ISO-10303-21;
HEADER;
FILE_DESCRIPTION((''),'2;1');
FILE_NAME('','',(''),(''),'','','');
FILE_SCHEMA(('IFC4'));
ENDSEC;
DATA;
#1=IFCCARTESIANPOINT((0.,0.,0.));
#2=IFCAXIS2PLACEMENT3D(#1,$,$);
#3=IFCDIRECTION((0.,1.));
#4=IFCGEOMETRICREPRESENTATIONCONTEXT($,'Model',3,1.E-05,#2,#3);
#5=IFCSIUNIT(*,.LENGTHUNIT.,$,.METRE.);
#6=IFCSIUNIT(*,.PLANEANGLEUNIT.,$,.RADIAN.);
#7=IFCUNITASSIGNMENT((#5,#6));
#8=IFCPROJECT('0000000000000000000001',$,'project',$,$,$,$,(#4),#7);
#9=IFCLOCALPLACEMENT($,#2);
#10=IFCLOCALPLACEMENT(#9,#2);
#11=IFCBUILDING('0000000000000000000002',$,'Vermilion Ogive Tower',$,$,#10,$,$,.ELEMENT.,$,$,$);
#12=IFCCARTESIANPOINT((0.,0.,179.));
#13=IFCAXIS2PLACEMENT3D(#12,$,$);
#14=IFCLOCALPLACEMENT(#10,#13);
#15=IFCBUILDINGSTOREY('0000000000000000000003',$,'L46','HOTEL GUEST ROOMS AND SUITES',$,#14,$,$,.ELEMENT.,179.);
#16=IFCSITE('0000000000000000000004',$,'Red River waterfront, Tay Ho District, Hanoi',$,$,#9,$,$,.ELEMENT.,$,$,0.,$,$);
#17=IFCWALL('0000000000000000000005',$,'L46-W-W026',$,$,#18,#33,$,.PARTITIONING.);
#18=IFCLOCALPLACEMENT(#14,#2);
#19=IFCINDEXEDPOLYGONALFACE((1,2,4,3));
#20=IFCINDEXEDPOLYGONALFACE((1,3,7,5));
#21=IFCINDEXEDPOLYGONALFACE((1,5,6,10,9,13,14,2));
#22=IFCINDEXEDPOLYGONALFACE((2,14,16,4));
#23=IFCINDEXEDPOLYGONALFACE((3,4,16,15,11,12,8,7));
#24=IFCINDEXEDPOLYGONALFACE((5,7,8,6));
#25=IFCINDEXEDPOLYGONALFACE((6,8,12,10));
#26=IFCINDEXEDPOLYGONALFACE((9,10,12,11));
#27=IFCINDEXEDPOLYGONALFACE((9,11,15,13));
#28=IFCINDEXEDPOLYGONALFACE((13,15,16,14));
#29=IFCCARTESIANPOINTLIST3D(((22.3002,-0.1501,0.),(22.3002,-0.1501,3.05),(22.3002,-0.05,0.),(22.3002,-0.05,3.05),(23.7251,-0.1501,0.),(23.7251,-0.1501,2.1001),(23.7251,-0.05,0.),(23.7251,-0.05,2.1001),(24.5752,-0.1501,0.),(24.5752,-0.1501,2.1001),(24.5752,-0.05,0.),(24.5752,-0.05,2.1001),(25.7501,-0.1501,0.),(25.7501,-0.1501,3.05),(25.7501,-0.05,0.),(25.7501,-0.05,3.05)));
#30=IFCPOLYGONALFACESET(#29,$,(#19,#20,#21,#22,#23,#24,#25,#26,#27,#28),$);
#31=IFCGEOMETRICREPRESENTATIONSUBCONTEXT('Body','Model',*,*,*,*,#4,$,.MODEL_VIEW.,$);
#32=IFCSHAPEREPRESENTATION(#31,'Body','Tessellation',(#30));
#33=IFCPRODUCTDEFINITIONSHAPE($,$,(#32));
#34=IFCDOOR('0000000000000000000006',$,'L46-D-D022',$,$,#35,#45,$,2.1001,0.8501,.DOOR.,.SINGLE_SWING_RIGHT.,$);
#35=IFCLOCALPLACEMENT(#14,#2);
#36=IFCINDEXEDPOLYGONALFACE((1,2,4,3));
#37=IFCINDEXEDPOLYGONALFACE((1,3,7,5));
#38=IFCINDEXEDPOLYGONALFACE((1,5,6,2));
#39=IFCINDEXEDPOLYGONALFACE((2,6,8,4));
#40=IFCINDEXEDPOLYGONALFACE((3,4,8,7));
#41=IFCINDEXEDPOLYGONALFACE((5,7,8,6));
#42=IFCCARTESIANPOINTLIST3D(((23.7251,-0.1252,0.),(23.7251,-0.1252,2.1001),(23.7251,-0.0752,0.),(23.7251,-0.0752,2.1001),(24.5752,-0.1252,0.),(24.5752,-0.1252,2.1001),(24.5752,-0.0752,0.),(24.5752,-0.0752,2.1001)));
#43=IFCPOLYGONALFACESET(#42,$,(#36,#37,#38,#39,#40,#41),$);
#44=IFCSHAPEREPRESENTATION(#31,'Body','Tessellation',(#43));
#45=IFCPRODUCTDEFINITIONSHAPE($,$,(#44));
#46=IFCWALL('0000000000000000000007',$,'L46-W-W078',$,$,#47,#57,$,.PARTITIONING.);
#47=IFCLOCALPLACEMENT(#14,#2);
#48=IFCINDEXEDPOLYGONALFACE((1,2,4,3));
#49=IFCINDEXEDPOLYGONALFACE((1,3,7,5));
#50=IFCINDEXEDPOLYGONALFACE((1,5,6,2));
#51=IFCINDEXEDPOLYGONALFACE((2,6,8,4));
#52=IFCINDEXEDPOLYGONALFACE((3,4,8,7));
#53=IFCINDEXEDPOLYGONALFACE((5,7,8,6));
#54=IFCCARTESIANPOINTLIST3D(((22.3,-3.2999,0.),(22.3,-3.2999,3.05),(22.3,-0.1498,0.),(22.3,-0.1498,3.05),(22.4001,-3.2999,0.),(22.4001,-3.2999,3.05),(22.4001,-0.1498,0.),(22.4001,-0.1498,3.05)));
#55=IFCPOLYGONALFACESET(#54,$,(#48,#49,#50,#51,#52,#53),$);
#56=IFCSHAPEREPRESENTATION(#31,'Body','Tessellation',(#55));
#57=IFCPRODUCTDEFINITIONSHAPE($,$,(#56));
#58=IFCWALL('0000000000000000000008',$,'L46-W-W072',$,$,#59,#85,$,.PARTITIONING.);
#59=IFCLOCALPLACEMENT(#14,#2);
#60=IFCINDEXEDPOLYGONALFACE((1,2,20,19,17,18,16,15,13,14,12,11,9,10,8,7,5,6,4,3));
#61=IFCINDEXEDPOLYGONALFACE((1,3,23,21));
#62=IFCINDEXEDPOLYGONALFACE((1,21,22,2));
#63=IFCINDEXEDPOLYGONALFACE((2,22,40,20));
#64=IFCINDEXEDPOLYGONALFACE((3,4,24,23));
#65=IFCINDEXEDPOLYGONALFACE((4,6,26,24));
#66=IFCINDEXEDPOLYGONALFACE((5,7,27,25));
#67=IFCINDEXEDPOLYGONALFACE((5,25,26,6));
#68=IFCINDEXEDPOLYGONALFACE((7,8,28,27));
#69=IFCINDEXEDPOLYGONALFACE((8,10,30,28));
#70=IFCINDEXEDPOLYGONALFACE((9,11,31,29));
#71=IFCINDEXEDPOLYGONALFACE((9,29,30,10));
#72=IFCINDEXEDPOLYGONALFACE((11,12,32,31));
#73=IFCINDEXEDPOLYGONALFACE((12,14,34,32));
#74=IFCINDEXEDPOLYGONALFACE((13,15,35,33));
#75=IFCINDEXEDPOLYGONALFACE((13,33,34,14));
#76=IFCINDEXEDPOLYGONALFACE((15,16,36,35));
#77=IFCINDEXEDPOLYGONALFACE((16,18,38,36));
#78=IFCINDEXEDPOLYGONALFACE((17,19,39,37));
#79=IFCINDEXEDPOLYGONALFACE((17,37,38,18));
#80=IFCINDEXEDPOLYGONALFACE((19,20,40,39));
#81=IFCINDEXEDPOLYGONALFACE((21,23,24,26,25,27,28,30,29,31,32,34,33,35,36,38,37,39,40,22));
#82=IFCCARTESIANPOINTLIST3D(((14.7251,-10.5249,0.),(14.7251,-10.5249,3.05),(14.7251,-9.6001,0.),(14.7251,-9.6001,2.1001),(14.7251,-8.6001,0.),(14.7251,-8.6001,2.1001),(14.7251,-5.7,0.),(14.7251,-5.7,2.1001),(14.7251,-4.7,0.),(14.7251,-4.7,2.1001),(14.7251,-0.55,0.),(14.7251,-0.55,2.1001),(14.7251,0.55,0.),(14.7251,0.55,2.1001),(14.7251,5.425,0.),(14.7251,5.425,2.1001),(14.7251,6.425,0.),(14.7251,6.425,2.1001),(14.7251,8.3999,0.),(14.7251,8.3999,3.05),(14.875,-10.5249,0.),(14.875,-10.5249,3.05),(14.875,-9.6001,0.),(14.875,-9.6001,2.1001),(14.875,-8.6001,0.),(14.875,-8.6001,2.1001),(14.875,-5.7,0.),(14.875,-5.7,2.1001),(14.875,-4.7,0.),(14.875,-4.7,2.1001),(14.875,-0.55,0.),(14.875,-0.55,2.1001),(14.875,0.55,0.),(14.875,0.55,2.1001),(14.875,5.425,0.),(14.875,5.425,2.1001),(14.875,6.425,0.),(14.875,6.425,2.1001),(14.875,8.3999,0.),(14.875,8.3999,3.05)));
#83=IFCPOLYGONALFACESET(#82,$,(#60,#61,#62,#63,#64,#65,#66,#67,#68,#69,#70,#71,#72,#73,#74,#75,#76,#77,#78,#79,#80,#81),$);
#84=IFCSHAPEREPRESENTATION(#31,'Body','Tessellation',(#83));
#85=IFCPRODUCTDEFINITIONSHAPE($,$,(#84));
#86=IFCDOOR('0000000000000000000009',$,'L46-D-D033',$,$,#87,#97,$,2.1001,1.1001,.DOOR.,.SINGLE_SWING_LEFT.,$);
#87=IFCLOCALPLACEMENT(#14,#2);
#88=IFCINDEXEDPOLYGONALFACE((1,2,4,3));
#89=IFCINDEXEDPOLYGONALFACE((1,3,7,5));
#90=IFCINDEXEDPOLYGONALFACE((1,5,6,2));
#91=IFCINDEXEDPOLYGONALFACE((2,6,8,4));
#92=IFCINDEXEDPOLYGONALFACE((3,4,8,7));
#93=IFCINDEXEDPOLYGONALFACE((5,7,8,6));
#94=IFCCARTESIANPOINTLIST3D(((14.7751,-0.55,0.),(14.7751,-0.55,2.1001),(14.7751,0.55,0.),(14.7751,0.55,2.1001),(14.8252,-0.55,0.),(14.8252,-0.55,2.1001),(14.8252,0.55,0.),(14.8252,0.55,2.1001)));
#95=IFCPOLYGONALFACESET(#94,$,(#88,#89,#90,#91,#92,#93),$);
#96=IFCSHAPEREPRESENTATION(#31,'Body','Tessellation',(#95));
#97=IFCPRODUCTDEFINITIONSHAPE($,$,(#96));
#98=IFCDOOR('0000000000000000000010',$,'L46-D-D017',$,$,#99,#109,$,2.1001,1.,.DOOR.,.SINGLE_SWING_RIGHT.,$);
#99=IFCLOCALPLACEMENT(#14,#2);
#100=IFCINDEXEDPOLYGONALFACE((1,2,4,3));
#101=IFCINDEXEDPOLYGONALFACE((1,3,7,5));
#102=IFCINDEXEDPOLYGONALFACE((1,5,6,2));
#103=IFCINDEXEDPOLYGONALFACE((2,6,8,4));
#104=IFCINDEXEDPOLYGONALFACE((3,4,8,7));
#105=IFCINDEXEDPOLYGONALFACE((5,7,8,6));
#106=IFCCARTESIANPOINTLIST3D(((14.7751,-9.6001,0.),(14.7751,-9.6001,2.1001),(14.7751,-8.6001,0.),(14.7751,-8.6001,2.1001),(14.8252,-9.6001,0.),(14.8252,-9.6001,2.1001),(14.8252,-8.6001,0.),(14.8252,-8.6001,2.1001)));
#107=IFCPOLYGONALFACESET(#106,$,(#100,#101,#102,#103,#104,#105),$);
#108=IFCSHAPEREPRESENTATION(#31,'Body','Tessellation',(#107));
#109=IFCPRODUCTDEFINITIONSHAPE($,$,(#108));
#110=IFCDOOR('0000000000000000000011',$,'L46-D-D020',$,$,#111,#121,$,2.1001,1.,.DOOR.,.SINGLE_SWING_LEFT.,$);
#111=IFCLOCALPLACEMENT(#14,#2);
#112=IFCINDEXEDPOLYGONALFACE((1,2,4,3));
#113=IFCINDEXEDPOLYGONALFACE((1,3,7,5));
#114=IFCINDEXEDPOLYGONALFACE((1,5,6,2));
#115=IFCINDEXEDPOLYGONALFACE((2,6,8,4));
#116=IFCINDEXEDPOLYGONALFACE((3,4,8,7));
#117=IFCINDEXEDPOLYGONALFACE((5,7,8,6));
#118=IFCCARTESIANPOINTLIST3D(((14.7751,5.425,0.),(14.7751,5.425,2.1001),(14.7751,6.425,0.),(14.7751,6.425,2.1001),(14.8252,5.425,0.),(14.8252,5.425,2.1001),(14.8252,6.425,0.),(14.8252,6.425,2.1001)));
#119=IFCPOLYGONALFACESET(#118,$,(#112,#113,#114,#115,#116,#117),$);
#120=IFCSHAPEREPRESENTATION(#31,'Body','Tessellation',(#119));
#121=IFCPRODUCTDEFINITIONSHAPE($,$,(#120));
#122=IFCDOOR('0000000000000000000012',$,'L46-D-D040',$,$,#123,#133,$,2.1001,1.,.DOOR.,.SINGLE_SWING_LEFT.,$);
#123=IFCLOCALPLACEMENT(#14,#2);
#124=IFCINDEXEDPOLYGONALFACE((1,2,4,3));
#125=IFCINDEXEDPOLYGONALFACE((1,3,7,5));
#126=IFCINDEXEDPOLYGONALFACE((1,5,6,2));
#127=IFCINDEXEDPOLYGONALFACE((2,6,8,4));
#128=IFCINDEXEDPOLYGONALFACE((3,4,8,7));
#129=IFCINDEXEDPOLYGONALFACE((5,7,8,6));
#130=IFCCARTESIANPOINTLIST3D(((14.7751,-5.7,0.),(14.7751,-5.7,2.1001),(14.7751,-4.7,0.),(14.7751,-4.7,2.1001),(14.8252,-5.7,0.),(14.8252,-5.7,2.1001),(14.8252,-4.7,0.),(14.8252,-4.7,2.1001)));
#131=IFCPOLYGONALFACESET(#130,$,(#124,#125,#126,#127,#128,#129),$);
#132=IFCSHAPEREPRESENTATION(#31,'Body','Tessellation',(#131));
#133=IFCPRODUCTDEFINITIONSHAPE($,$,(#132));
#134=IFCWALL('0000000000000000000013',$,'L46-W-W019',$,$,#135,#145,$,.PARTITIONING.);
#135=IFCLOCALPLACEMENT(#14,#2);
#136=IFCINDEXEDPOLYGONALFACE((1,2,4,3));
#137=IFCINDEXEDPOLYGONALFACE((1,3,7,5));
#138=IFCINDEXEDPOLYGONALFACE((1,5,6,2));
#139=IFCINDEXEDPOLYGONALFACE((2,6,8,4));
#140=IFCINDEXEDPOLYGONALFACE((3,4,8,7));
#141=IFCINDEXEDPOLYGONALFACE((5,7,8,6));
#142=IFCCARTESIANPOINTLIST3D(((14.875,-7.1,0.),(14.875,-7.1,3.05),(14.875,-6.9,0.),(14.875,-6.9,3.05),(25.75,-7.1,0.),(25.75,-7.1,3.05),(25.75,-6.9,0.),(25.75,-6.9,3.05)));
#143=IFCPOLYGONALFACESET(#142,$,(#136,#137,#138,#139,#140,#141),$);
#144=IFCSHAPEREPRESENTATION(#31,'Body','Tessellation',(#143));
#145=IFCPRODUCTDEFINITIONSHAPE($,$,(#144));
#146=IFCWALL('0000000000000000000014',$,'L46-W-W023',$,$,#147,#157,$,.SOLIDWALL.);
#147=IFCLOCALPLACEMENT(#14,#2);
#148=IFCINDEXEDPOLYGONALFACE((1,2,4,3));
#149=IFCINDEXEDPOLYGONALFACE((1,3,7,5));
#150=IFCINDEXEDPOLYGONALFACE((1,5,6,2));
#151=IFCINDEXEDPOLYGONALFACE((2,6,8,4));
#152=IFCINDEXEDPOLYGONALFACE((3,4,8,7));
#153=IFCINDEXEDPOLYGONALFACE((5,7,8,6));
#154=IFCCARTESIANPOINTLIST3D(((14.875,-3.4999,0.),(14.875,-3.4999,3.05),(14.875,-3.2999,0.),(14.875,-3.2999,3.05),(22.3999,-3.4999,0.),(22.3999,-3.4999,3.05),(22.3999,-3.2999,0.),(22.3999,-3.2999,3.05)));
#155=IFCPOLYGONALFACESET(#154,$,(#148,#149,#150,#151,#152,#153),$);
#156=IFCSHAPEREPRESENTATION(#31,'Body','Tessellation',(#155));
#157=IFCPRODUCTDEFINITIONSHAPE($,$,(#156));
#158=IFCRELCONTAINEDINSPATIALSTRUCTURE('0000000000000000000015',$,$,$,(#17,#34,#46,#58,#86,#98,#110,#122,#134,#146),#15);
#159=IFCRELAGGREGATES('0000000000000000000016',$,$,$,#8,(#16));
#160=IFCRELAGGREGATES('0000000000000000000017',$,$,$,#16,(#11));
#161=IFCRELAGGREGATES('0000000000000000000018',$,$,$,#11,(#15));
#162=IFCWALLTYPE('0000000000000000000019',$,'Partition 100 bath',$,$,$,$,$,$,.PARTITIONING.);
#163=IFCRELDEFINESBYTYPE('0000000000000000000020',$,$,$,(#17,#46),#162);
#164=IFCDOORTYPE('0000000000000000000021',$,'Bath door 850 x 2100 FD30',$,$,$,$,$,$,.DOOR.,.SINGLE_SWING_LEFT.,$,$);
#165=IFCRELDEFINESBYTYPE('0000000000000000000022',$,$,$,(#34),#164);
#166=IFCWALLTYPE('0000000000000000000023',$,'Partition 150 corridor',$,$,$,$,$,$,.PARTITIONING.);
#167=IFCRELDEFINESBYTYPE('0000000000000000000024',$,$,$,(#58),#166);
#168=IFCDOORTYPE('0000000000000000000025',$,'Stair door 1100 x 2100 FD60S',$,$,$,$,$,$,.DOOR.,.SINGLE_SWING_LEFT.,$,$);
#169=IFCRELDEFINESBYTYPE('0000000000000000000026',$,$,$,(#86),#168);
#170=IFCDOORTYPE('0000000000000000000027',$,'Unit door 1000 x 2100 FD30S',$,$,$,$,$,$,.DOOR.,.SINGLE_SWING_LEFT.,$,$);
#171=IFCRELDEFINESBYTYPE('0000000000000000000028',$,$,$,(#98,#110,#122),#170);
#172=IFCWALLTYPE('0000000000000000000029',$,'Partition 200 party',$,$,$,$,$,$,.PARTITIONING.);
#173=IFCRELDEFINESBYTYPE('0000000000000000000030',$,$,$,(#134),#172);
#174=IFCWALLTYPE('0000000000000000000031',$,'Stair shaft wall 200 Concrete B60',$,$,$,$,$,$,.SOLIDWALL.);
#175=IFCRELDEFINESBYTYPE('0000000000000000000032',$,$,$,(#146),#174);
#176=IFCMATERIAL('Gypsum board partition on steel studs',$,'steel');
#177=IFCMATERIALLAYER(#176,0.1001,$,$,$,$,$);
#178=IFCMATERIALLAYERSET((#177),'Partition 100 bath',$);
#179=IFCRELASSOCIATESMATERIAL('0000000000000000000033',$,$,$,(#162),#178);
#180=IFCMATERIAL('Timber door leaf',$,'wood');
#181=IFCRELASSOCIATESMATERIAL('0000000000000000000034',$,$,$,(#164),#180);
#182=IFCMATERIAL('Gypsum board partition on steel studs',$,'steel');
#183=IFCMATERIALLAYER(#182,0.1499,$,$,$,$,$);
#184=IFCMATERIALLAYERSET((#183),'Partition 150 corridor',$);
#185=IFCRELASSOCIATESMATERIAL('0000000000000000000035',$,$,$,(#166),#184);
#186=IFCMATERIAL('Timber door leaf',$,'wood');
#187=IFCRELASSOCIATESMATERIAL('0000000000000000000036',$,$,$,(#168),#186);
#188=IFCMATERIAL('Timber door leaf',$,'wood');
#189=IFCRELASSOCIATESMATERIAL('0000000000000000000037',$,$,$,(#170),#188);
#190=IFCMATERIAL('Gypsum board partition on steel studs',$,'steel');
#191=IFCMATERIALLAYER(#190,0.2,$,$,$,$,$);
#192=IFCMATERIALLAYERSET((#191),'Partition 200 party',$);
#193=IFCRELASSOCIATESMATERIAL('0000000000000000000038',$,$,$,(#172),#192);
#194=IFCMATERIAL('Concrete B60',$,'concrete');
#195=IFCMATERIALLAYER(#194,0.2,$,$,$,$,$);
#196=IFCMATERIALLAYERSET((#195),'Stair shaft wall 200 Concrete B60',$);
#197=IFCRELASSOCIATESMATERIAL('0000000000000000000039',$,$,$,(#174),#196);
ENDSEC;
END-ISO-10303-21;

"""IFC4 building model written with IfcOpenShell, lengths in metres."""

from ifc_helpers import new_model, si_unit, direction, frame, frame_2d, origin, place, context, subcontext, project, spatial, rectangle, extrude, material, layer, layer_set, type_object, element, fill, save


model = new_model("IFC4")

# Units and contexts
model_context = context("Model", 3, precision=1e-05, world=origin(), true_north=direction((0.0, 1.0)))
body_context = subcontext(model_context, "Body", "Model", "MODEL_VIEW")
ifc_project = project(units=[si_unit("LENGTHUNIT", "METRE"), si_unit("PLANEANGLEUNIT", "RADIAN")], contexts=[model_context])

# Site, building, storey
site_placement = place(None, origin())
site = spatial("IfcSite", under=ifc_project, at=site_placement, Name="Red River waterfront, Tay Ho District, Hanoi", CompositionType="ELEMENT", RefElevation=0.0)
building_placement = place(site_placement, origin())
building = spatial("IfcBuilding", under=site, at=building_placement, Name="Vermilion Ogive Tower", CompositionType="ELEMENT")
storey_placement = place(building_placement, frame((0.0, 0.0, 179.0)))
storey = spatial("IfcBuildingStorey", under=building, at=storey_placement, Name="L46", Description="HOTEL GUEST ROOMS AND SUITES", CompositionType="ELEMENT", Elevation=179.0)

# Shared definitions
ifc_material_1 = material(Name="Gypsum board partition on steel studs", Category="steel")
ifc_layer_1 = layer(ifc_material_1, 0.1001)
ifc_layer_set_1 = layer_set([ifc_layer_1], Name="Partition 100 bath")
wall_type_1 = type_object("IfcWallType", Name="Partition 100 bath", PredefinedType="PARTITIONING", material=ifc_layer_set_1)

# Wall, opening, door
wall_1_placement = place(storey_placement, frame((22.3, -0.1001, 0.0), z_axis=(0.0, 0.0, 1.0), x_axis=(1.0, 0.0, 0.0)))
wall_1 = element("IfcWall", 1, at=wall_1_placement, inside=storey, type_object=wall_type_1, Name="L46-W-W026", PredefinedType="PARTITIONING", context=body_context, shape_type="SweptSolid", body=[
    extrude(rectangle(XDim=3.45, YDim=0.1001, at=frame_2d((1.7251, 0.0))), origin(), (0.0, 0.0, 1.0), 3.05),
])
opening_1_placement = place(wall_1_placement, frame((1.425, 0.0, 0.0)))
opening_1 = element("IfcOpeningElement", 2, at=opening_1_placement, cuts=wall_1, PredefinedType="OPENING", context=body_context, shape_type="SweptSolid", body=[
    extrude(rectangle(XDim=0.8501, YDim=2.1001, at=frame_2d((0.425, 1.05))), frame((0.0, 0.0601, 0.0), z_axis=(0.0, -1.0, 0.0), x_axis=(1.0, 0.0, 0.0)), (0.0, 0.0, 1.0), 0.1201),
])
ifc_material_2 = material(Name="Timber door leaf", Category="wood")
door_type_1 = type_object("IfcDoorType", Name="Bath door 850 x 2100 FD30", OperationType="SINGLE_SWING_LEFT", PredefinedType="DOOR", material=ifc_material_2)
door_1_placement = place(opening_1_placement, origin())
door_1 = element("IfcDoor", 3, at=door_1_placement, inside=storey, type_object=door_type_1, Name="L46-D-D022", OperationType="SINGLE_SWING_RIGHT", OverallHeight=2.1001, OverallWidth=0.8501, PredefinedType="DOOR", context=body_context, shape_type="SweptSolid", body=[
    extrude(rectangle(XDim=0.8501, YDim=2.1001, at=frame_2d((0.425, 1.05))), frame((0.0, 0.0249, 0.0), z_axis=(0.0, -1.0, 0.0), x_axis=(1.0, 0.0, 0.0)), (0.0, 0.0, 1.0), 0.05),
])
fill(opening_1, door_1)

# Wall
wall_2_placement = place(storey_placement, frame((22.3501, -3.3, 0.0), z_axis=(0.0, 0.0, 1.0), x_axis=(0.0, 1.0, 0.0)))
element("IfcWall", 4, at=wall_2_placement, inside=storey, type_object=wall_type_1, Name="L46-W-W078", PredefinedType="PARTITIONING", context=body_context, shape_type="SweptSolid", body=[
    extrude(rectangle(XDim=3.1501, YDim=0.1001, at=frame_2d((1.5752, 0.0))), origin(), (0.0, 0.0, 1.0), 3.05),
])

# Wall, openings, doors
ifc_material_3 = material(Name="Gypsum board partition on steel studs", Category="steel")
ifc_layer_2 = layer(ifc_material_3, 0.1499)
ifc_layer_set_2 = layer_set([ifc_layer_2], Name="Partition 150 corridor")
wall_type_2 = type_object("IfcWallType", Name="Partition 150 corridor", PredefinedType="PARTITIONING", material=ifc_layer_set_2)
wall_3_placement = place(storey_placement, frame((14.8, -10.5249, 0.0), z_axis=(0.0, 0.0, 1.0), x_axis=(0.0, 1.0, 0.0)))
wall_3 = element("IfcWall", 5, at=wall_3_placement, inside=storey, type_object=wall_type_2, Name="L46-W-W072", PredefinedType="PARTITIONING", context=body_context, shape_type="SweptSolid", body=[
    extrude(rectangle(XDim=18.9248, YDim=0.1499, at=frame_2d((9.4624, 0.0))), origin(), (0.0, 0.0, 1.0), 3.05),
])
opening_2_placement = place(wall_3_placement, frame((0.9248, 0.0, 0.0)))
opening_2 = element("IfcOpeningElement", 6, at=opening_2_placement, cuts=wall_3, PredefinedType="OPENING", context=body_context, shape_type="SweptSolid", body=[
    extrude(rectangle(XDim=1.0, YDim=2.1001, at=frame_2d((0.5, 1.05))), frame((0.0, 0.085, 0.0), z_axis=(0.0, -1.0, 0.0), x_axis=(1.0, 0.0, 0.0)), (0.0, 0.0, 1.0), 0.1699),
])
opening_3_placement = place(wall_3_placement, frame((15.95, 0.0, 0.0)))
opening_3 = element("IfcOpeningElement", 7, at=opening_3_placement, cuts=wall_3, PredefinedType="OPENING", context=body_context, shape_type="SweptSolid", body=[
    extrude(rectangle(XDim=1.0, YDim=2.1001, at=frame_2d((0.5, 1.05))), frame((0.0, 0.085, 0.0), z_axis=(0.0, -1.0, 0.0), x_axis=(1.0, 0.0, 0.0)), (0.0, 0.0, 1.0), 0.1699),
])
opening_4_placement = place(wall_3_placement, frame((9.9749, 0.0, 0.0)))
opening_4 = element("IfcOpeningElement", 8, at=opening_4_placement, cuts=wall_3, PredefinedType="OPENING", context=body_context, shape_type="SweptSolid", body=[
    extrude(rectangle(XDim=1.1001, YDim=2.1001, at=frame_2d((0.55, 1.05))), frame((0.0, 0.085, 0.0), z_axis=(0.0, -1.0, 0.0), x_axis=(1.0, 0.0, 0.0)), (0.0, 0.0, 1.0), 0.1699),
])
opening_5_placement = place(wall_3_placement, frame((4.825, 0.0, 0.0)))
opening_5 = element("IfcOpeningElement", 9, at=opening_5_placement, cuts=wall_3, PredefinedType="OPENING", context=body_context, shape_type="SweptSolid", body=[
    extrude(rectangle(XDim=1.0, YDim=2.1001, at=frame_2d((0.5, 1.05))), frame((0.0, 0.085, 0.0), z_axis=(0.0, -1.0, 0.0), x_axis=(1.0, 0.0, 0.0)), (0.0, 0.0, 1.0), 0.1699),
])
ifc_material_4 = material(Name="Timber door leaf", Category="wood")
door_type_2 = type_object("IfcDoorType", Name="Stair door 1100 x 2100 FD60S", OperationType="SINGLE_SWING_LEFT", PredefinedType="DOOR", material=ifc_material_4)
door_2_placement = place(opening_4_placement, origin())
door_2 = element("IfcDoor", 10, at=door_2_placement, inside=storey, type_object=door_type_2, Name="L46-D-D033", OperationType="SINGLE_SWING_LEFT", OverallHeight=2.1001, OverallWidth=1.1001, PredefinedType="DOOR", context=body_context, shape_type="SweptSolid", body=[
    extrude(rectangle(XDim=1.1001, YDim=2.1001, at=frame_2d((0.55, 1.05))), frame((0.0, 0.0249, 0.0), z_axis=(0.0, -1.0, 0.0), x_axis=(1.0, 0.0, 0.0)), (0.0, 0.0, 1.0), 0.05),
])
fill(opening_4, door_2)
ifc_material_5 = material(Name="Timber door leaf", Category="wood")
door_type_3 = type_object("IfcDoorType", Name="Unit door 1000 x 2100 FD30S", OperationType="SINGLE_SWING_LEFT", PredefinedType="DOOR", material=ifc_material_5)
door_3_placement = place(opening_2_placement, origin())
door_3 = element("IfcDoor", 11, at=door_3_placement, inside=storey, type_object=door_type_3, Name="L46-D-D017", OperationType="SINGLE_SWING_RIGHT", OverallHeight=2.1001, OverallWidth=1.0, PredefinedType="DOOR", context=body_context, shape_type="SweptSolid", body=[
    extrude(rectangle(XDim=1.0, YDim=2.1001, at=frame_2d((0.5, 1.05))), frame((0.0, 0.0249, 0.0), z_axis=(0.0, -1.0, 0.0), x_axis=(1.0, 0.0, 0.0)), (0.0, 0.0, 1.0), 0.05),
])
fill(opening_2, door_3)
door_4_placement = place(opening_3_placement, origin())
door_4 = element("IfcDoor", 12, at=door_4_placement, inside=storey, type_object=door_type_3, Name="L46-D-D020", OperationType="SINGLE_SWING_LEFT", OverallHeight=2.1001, OverallWidth=1.0, PredefinedType="DOOR", context=body_context, shape_type="SweptSolid", body=[
    extrude(rectangle(XDim=1.0, YDim=2.1001, at=frame_2d((0.5, 1.05))), frame((0.0, 0.0249, 0.0), z_axis=(0.0, -1.0, 0.0), x_axis=(1.0, 0.0, 0.0)), (0.0, 0.0, 1.0), 0.05),
])
fill(opening_3, door_4)
door_5_placement = place(opening_5_placement, origin())
door_5 = element("IfcDoor", 13, at=door_5_placement, inside=storey, type_object=door_type_3, Name="L46-D-D040", OperationType="SINGLE_SWING_LEFT", OverallHeight=2.1001, OverallWidth=1.0, PredefinedType="DOOR", context=body_context, shape_type="SweptSolid", body=[
    extrude(rectangle(XDim=1.0, YDim=2.1001, at=frame_2d((0.5, 1.05))), frame((0.0, 0.0249, 0.0), z_axis=(0.0, -1.0, 0.0), x_axis=(1.0, 0.0, 0.0)), (0.0, 0.0, 1.0), 0.05),
])
fill(opening_5, door_5)

# Walls
ifc_material_6 = material(Name="Gypsum board partition on steel studs", Category="steel")
ifc_layer_3 = layer(ifc_material_6, 0.2)
ifc_layer_set_3 = layer_set([ifc_layer_3], Name="Partition 200 party")
wall_type_3 = type_object("IfcWallType", Name="Partition 200 party", PredefinedType="PARTITIONING", material=ifc_layer_set_3)
wall_4_placement = place(storey_placement, frame((14.875, -7.0, 0.0), z_axis=(0.0, 0.0, 1.0), x_axis=(1.0, 0.0, 0.0)))
element("IfcWall", 14, at=wall_4_placement, inside=storey, type_object=wall_type_3, Name="L46-W-W019", PredefinedType="PARTITIONING", context=body_context, shape_type="SweptSolid", body=[
    extrude(rectangle(XDim=10.875, YDim=0.2, at=frame_2d((5.4375, 0.0))), origin(), (0.0, 0.0, 1.0), 3.05),
])
ifc_material_7 = material(Name="Concrete B60", Category="concrete")
ifc_layer_4 = layer(ifc_material_7, 0.2)
ifc_layer_set_4 = layer_set([ifc_layer_4], Name="Stair shaft wall 200 Concrete B60")
wall_type_4 = type_object("IfcWallType", Name="Stair shaft wall 200 Concrete B60", PredefinedType="SOLIDWALL", material=ifc_layer_set_4)
wall_5_placement = place(storey_placement, frame((14.875, -3.3999, 0.0), z_axis=(0.0, 0.0, 1.0), x_axis=(1.0, 0.0, 0.0)))
element("IfcWall", 15, at=wall_5_placement, inside=storey, type_object=wall_type_4, Name="L46-W-W023", PredefinedType="SOLIDWALL", context=body_context, shape_type="SweptSolid", body=[
    extrude(rectangle(XDim=7.5249, YDim=0.2, at=frame_2d((3.7625, 0.0))), origin(), (0.0, 0.0, 1.0), 3.05),
])

save(model, "model.ifc")
